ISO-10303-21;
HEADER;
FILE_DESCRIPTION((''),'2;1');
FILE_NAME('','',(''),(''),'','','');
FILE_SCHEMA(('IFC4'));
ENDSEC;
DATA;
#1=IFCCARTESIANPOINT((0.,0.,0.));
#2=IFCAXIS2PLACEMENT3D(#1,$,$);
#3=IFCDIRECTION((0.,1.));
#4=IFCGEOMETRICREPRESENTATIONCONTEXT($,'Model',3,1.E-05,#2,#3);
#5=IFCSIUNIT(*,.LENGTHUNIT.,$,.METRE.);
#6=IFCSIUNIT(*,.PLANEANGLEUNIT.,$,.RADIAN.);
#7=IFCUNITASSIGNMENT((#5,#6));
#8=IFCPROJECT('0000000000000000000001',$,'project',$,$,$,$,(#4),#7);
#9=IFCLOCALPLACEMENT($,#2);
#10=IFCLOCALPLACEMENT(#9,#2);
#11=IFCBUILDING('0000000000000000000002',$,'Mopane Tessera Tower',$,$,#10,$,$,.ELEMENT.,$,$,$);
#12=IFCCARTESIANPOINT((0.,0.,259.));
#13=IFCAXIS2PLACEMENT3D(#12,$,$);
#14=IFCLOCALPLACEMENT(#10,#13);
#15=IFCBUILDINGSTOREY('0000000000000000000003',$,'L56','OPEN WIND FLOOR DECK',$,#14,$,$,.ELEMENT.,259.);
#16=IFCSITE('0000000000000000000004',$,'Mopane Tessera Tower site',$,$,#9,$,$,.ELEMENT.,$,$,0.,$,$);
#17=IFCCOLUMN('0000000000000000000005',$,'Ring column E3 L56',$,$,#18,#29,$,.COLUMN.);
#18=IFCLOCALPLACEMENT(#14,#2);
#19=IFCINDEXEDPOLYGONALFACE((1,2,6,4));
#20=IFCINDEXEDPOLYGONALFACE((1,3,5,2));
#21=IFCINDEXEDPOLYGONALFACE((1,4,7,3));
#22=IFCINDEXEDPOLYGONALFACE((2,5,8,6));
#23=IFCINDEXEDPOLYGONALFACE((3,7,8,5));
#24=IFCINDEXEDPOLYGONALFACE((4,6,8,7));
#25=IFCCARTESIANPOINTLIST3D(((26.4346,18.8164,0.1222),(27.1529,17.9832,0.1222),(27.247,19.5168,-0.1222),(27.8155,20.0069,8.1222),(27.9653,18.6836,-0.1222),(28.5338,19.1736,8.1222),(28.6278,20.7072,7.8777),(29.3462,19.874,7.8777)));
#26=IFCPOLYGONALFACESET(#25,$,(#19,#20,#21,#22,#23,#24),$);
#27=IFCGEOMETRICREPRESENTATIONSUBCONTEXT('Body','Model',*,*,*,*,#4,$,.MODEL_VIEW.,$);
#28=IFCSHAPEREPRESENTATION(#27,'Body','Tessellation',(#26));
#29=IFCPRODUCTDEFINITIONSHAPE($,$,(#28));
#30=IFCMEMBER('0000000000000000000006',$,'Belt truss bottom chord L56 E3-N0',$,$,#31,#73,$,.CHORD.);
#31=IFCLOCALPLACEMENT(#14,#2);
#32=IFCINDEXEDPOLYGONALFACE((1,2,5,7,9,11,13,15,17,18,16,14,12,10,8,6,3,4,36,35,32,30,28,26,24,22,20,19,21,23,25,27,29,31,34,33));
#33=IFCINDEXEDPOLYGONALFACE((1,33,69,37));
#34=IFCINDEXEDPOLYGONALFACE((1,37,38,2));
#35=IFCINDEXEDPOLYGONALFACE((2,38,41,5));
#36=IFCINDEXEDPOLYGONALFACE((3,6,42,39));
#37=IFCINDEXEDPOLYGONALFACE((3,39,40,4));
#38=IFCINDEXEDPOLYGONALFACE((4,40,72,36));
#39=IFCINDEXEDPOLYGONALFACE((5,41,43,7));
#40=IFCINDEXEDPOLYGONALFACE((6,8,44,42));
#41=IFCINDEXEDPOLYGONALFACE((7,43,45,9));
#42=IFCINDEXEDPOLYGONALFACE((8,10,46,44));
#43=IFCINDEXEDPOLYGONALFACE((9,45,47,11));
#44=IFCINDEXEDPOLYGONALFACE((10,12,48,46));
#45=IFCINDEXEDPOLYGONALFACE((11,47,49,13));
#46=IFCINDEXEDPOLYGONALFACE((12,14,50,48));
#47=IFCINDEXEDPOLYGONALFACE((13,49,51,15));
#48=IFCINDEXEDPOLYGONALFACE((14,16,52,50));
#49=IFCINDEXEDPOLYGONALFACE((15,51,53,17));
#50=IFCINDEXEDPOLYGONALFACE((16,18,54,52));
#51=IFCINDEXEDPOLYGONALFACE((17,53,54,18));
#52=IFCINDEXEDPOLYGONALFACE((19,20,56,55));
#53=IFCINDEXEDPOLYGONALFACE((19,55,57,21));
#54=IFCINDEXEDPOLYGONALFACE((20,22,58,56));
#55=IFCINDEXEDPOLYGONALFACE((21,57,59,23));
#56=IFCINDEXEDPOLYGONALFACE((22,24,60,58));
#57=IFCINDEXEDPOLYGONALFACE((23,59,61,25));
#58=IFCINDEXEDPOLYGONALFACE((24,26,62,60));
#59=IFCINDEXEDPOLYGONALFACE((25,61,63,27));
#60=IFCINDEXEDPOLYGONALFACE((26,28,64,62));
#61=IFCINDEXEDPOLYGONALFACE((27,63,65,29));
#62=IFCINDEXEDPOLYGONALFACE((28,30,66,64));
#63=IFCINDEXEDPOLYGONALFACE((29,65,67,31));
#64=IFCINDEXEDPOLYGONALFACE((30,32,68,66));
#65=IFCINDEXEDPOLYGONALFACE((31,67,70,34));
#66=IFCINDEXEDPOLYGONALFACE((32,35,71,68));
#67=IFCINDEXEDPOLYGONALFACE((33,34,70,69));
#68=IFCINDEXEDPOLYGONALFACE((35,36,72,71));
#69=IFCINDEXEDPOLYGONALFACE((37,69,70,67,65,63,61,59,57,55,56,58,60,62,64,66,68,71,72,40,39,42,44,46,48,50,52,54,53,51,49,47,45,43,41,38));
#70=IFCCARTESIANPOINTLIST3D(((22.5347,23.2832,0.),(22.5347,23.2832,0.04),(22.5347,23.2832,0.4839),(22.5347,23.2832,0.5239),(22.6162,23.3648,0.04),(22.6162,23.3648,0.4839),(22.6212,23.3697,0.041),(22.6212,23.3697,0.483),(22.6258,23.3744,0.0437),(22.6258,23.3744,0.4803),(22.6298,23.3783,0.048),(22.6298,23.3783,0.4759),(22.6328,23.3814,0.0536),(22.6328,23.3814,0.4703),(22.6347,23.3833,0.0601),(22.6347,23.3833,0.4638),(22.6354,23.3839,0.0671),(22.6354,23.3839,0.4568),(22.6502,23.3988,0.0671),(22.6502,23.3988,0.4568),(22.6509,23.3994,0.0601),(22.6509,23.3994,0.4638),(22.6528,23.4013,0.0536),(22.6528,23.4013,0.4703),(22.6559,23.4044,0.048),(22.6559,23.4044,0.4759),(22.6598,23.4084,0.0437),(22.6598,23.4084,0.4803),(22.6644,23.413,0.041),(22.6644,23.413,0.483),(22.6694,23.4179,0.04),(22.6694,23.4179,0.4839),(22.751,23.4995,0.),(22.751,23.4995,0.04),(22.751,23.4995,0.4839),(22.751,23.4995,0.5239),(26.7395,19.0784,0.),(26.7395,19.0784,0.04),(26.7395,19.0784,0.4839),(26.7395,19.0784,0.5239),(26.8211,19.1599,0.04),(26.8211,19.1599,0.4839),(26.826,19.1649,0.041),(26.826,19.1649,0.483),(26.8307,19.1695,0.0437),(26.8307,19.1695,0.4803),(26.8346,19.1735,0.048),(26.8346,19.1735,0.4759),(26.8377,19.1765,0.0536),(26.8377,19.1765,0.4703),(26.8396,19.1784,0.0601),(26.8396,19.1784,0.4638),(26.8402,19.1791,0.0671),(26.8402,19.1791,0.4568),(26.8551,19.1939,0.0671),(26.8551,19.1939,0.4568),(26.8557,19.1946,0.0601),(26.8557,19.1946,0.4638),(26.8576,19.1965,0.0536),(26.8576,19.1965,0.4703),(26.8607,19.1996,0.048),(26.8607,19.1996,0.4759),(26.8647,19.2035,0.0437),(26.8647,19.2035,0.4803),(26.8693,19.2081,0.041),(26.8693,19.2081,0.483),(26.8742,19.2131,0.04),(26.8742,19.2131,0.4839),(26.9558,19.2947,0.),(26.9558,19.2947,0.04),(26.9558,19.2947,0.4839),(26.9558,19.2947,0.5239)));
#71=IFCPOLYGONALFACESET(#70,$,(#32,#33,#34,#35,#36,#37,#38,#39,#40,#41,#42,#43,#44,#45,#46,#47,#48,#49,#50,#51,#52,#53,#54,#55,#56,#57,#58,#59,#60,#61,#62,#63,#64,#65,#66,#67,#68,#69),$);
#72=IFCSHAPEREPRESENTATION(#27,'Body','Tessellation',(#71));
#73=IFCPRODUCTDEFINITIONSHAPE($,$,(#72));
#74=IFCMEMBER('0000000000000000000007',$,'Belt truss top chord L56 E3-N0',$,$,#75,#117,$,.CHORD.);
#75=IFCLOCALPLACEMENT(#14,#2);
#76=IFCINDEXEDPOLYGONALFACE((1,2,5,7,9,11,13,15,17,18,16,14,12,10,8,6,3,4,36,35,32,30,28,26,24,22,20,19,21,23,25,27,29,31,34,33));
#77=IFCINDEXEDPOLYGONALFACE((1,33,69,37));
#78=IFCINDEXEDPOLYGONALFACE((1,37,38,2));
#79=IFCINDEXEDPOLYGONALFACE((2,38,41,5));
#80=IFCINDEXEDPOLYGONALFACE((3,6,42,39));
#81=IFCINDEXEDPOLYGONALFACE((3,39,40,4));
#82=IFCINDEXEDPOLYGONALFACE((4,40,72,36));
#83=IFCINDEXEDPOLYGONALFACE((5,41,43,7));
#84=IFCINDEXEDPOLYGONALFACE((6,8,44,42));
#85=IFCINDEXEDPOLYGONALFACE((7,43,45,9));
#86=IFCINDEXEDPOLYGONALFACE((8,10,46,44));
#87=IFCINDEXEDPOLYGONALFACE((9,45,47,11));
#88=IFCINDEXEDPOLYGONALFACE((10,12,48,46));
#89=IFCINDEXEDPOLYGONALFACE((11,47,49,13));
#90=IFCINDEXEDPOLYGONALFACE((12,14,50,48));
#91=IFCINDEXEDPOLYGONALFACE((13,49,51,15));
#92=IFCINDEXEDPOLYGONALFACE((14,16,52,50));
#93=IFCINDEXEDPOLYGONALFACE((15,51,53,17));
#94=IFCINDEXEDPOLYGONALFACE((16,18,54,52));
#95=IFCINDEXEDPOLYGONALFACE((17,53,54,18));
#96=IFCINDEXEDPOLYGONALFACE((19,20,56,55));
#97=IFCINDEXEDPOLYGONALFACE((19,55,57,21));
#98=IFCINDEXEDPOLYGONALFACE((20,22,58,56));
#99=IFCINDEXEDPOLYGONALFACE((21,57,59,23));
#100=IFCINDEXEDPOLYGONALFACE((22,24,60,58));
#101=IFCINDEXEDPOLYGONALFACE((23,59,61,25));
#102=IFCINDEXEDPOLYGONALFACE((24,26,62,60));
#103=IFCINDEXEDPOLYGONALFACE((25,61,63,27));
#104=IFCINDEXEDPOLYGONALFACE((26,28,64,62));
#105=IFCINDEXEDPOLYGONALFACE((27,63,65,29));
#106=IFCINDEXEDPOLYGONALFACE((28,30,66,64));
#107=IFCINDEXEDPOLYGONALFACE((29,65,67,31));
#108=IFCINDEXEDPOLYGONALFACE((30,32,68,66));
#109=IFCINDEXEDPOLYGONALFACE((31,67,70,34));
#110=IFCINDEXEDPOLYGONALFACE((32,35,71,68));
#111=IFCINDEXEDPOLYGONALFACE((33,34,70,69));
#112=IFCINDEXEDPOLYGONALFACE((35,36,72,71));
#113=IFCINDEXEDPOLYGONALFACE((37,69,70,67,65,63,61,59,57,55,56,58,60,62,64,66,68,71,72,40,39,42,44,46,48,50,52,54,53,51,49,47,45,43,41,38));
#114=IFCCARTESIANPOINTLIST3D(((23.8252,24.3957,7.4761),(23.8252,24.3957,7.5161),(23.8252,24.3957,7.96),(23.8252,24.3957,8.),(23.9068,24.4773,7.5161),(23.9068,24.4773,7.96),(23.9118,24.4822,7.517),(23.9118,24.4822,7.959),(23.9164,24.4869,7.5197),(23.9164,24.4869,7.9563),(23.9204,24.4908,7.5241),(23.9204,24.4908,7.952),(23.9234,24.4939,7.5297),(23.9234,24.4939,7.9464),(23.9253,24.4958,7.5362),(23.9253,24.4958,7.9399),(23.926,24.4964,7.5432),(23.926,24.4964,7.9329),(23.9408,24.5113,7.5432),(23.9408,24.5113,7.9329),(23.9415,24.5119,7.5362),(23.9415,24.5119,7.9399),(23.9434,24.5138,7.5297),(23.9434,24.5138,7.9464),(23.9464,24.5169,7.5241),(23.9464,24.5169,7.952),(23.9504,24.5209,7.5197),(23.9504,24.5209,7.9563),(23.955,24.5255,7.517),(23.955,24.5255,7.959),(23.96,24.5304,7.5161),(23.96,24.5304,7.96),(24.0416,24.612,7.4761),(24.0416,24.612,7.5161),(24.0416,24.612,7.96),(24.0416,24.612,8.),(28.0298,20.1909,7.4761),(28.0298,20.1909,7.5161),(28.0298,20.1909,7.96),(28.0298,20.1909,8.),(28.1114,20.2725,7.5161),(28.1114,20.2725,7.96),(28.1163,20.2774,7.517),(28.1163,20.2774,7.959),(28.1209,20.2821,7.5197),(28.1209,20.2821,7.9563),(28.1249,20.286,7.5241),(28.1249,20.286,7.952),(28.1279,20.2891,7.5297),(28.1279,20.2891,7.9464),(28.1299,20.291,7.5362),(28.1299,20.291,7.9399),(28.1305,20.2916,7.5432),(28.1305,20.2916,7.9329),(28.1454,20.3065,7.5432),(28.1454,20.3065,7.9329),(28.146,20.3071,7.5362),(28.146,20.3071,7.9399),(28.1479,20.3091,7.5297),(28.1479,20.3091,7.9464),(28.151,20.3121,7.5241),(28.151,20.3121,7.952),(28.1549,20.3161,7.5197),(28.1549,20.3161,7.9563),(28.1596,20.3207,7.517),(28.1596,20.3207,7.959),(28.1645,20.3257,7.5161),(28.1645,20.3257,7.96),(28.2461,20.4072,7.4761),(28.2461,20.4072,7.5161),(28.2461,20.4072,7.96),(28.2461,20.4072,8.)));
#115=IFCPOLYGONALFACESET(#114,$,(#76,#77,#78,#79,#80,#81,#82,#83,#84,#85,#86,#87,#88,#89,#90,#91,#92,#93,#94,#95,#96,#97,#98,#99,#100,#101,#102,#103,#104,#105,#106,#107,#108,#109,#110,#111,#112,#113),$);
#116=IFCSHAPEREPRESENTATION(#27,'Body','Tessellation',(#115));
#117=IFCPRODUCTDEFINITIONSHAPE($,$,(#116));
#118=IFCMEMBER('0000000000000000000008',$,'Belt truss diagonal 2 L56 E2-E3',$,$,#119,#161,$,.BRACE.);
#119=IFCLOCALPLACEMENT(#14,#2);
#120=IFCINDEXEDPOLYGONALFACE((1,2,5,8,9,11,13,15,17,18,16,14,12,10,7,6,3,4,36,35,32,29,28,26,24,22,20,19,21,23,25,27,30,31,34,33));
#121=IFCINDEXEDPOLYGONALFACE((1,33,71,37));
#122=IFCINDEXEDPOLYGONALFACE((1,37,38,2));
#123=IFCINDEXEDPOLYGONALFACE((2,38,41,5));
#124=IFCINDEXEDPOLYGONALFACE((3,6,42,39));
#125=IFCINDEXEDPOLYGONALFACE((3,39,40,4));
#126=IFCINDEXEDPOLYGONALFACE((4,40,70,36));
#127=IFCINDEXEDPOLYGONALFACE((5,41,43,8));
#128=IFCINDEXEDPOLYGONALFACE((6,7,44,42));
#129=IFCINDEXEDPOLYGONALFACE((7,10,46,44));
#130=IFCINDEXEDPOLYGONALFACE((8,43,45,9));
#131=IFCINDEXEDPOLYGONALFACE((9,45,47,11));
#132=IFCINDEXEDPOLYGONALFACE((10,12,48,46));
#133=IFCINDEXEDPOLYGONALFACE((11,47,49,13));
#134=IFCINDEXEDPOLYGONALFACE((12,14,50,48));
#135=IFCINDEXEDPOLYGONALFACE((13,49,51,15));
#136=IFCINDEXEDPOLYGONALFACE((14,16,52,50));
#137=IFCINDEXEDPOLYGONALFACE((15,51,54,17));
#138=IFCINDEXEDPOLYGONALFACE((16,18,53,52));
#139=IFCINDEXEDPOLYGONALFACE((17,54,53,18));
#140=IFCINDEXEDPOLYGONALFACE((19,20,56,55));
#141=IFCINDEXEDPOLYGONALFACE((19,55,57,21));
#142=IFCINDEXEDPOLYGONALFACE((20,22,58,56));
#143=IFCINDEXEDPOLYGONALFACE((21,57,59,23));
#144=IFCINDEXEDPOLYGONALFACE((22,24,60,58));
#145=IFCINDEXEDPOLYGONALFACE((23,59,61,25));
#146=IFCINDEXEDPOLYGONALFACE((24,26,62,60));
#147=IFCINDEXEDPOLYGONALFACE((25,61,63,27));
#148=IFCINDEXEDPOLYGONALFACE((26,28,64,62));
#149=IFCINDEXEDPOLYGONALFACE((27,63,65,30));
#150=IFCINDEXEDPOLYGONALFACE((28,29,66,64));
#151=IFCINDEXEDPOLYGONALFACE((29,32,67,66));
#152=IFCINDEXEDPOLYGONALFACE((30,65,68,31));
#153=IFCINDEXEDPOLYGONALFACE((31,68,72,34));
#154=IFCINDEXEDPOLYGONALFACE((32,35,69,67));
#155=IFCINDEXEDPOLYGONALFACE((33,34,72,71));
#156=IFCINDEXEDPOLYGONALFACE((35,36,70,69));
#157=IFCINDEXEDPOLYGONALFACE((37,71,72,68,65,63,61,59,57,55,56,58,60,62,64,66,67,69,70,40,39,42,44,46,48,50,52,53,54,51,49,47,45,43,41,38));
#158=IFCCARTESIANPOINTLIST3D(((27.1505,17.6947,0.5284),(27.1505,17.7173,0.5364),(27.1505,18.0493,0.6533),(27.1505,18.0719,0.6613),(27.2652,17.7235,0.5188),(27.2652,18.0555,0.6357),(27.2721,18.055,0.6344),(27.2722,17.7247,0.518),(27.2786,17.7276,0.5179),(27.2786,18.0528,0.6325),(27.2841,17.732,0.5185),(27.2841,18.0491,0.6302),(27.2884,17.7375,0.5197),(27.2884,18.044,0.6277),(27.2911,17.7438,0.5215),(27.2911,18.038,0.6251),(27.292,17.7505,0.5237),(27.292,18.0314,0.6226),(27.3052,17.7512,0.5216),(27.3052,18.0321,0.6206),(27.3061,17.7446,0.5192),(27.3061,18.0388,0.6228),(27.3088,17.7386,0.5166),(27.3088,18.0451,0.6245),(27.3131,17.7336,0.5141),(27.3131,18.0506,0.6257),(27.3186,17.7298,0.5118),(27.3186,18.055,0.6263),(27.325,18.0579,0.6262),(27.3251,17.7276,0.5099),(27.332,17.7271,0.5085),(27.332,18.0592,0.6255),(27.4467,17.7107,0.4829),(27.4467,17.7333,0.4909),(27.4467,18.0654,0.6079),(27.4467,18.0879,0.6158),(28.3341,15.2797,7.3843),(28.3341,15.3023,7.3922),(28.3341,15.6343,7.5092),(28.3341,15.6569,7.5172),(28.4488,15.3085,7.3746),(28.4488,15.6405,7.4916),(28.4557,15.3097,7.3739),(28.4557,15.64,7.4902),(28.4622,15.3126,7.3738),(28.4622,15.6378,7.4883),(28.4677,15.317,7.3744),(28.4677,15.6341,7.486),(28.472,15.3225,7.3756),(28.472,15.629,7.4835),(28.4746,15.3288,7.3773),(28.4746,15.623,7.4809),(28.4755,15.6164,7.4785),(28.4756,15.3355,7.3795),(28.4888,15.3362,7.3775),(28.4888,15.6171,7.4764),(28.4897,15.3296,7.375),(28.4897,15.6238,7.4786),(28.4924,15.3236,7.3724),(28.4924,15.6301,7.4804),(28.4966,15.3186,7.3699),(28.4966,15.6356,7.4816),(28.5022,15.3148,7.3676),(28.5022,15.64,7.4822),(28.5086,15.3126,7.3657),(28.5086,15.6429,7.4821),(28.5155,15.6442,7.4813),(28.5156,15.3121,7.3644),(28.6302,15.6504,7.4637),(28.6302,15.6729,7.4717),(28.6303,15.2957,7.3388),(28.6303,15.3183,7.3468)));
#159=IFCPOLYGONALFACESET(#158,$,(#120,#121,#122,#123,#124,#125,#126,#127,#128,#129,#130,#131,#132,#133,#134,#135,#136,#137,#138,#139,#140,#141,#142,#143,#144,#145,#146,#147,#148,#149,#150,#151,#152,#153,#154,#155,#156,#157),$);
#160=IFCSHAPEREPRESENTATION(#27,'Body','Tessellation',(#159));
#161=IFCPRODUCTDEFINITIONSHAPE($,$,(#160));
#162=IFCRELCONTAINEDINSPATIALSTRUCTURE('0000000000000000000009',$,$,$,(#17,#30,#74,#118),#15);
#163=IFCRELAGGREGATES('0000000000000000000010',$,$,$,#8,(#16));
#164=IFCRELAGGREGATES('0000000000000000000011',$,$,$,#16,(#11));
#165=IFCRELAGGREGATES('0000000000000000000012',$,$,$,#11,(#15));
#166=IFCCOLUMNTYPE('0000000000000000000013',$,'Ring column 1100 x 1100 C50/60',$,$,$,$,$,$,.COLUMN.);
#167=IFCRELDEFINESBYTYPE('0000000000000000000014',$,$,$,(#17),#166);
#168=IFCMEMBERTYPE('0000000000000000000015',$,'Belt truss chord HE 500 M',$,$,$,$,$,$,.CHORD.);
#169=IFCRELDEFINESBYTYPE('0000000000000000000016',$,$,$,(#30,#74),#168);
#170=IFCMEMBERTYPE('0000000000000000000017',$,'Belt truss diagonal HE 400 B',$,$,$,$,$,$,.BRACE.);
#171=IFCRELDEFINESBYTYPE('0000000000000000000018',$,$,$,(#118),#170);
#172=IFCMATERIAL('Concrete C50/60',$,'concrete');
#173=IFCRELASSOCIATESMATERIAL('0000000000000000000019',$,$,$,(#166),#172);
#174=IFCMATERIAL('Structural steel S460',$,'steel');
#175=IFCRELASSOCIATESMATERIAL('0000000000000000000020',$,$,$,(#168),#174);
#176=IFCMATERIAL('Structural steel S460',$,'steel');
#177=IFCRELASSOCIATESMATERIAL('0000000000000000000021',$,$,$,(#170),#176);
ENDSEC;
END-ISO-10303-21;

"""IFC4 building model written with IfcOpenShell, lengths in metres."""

from ifc_helpers import new_model, si_unit, direction, frame, origin, origin_2d, place, context, subcontext, project, spatial, rectangle, i_section, extrude, material, material_profile, profile_set, type_object, element, save


model = new_model("IFC4")

# Units and contexts
model_context = context("Model", 3, precision=1e-05, world=origin(), true_north=direction((0.0, 1.0)))
body_context = subcontext(model_context, "Body", "Model", "MODEL_VIEW")
ifc_project = project(units=[si_unit("LENGTHUNIT", "METRE"), si_unit("PLANEANGLEUNIT", "RADIAN")], contexts=[model_context])

# Site, building, storey
site_placement = place(None, origin())
site = spatial("IfcSite", under=ifc_project, at=site_placement, Name="Mopane Tessera Tower site", CompositionType="ELEMENT", RefElevation=0.0)
building_placement = place(site_placement, origin())
building = spatial("IfcBuilding", under=site, at=building_placement, Name="Mopane Tessera Tower", CompositionType="ELEMENT")
storey_placement = place(building_placement, frame((0.0, 0.0, 259.0)))
storey = spatial("IfcBuildingStorey", under=building, at=storey_placement, Name="L56", Description="OPEN WIND FLOOR DECK", CompositionType="ELEMENT", Elevation=259.0)

# Column
ifc_material_1 = material(Name="Concrete C50/60", Category="concrete")
ifc_material_profile_1 = material_profile(ifc_material_1, rectangle(XDim=1.1001, YDim=1.1001, at=origin_2d()))
ifc_profile_set_1 = profile_set([ifc_material_profile_1], Name="Concrete C50/60")
column_type = type_object("IfcColumnType", Name="Ring column 1100 x 1100 C50/60", PredefinedType="COLUMN", material=ifc_profile_set_1)
column_placement = place(storey_placement, frame((27.2, 18.75, 0.0), z_axis=(0.168293, 0.145084, 0.975002), x_axis=(-0.65295, 0.757401, 0.0)))
element("IfcColumn", 1, at=column_placement, inside=storey, type_object=column_type, Name="Ring column E3 L56", PredefinedType="COLUMN", context=body_context, shape_type="SweptSolid", body=[
    extrude(rectangle(XDim=1.1001, YDim=1.1001, at=origin_2d()), origin(), (0.0, 0.0, 1.0), 8.2051),
])

# Members
ifc_material_2 = material(Name="Structural steel S460", Category="steel")
ifc_material_profile_2 = material_profile(ifc_material_2, i_section(OverallWidth=0.3059, OverallDepth=0.5239, WebThickness=0.021, FlangeThickness=0.04, FilletRadius=0.0271, at=origin_2d()))
ifc_profile_set_2 = profile_set([ifc_material_profile_2], Name="Structural steel S460")
member_type_1 = type_object("IfcMemberType", Name="Belt truss chord HE 500 M", PredefinedType="CHORD", material=ifc_profile_set_2)
member_1_placement = place(storey_placement, frame((26.8477, 19.1865, 0.262), z_axis=(-0.707107, 0.707107, 0.0), x_axis=(-0.707107, -0.707107, 0.0)))
element("IfcMember", 2, at=member_1_placement, inside=storey, type_object=member_type_1, Name="Belt truss bottom chord L56 E3-N0", PredefinedType="CHORD", context=body_context, shape_type="SweptSolid", body=[
    extrude(i_section(OverallWidth=0.3059, OverallDepth=0.5239, WebThickness=0.021, FlangeThickness=0.04, FilletRadius=0.0271, at=origin_2d()), origin(), (0.0, 0.0, 1.0), 5.9465),
])
member_2_placement = place(storey_placement, frame((28.1379, 20.2991, 7.738), z_axis=(-0.707086, 0.707127, 0.0), x_axis=(-0.707127, -0.707086, 0.0)))
element("IfcMember", 3, at=member_2_placement, inside=storey, type_object=member_type_1, Name="Belt truss top chord L56 E3-N0", PredefinedType="CHORD", context=body_context, shape_type="SweptSolid", body=[
    extrude(i_section(OverallWidth=0.3059, OverallDepth=0.5239, WebThickness=0.021, FlangeThickness=0.04, FilletRadius=0.0271, at=origin_2d()), origin(), (0.0, 0.0, 1.0), 5.9463),
])
ifc_material_3 = material(Name="Structural steel S460", Category="steel")
ifc_material_profile_3 = material_profile(ifc_material_3, i_section(OverallWidth=0.3, OverallDepth=0.3999, WebThickness=0.0134, FlangeThickness=0.0239, FilletRadius=0.0271, at=origin_2d()))
ifc_profile_set_3 = profile_set([ifc_material_profile_3], Name="Structural steel S460")
member_type_2 = type_object("IfcMemberType", Name="Belt truss diagonal HE 400 B", PredefinedType="BRACE", material=ifc_profile_set_3)
member_3_placement = place(storey_placement, frame((28.4822, 15.4763, 7.428), z_axis=(-0.160714, 0.327925, -0.930933), x_axis=(-0.987001, -0.053441, 0.151568)))
element("IfcMember", 4, at=member_3_placement, inside=storey, type_object=member_type_2, Name="Belt truss diagonal 2 L56 E2-E3", PredefinedType="BRACE", context=body_context, shape_type="SweptSolid", body=[
    extrude(i_section(OverallWidth=0.3, OverallDepth=0.3999, WebThickness=0.0134, FlangeThickness=0.0239, FilletRadius=0.0271, at=origin_2d()), origin(), (0.0, 0.0, 1.0), 7.3645),
])

save(model, "model.ifc")
